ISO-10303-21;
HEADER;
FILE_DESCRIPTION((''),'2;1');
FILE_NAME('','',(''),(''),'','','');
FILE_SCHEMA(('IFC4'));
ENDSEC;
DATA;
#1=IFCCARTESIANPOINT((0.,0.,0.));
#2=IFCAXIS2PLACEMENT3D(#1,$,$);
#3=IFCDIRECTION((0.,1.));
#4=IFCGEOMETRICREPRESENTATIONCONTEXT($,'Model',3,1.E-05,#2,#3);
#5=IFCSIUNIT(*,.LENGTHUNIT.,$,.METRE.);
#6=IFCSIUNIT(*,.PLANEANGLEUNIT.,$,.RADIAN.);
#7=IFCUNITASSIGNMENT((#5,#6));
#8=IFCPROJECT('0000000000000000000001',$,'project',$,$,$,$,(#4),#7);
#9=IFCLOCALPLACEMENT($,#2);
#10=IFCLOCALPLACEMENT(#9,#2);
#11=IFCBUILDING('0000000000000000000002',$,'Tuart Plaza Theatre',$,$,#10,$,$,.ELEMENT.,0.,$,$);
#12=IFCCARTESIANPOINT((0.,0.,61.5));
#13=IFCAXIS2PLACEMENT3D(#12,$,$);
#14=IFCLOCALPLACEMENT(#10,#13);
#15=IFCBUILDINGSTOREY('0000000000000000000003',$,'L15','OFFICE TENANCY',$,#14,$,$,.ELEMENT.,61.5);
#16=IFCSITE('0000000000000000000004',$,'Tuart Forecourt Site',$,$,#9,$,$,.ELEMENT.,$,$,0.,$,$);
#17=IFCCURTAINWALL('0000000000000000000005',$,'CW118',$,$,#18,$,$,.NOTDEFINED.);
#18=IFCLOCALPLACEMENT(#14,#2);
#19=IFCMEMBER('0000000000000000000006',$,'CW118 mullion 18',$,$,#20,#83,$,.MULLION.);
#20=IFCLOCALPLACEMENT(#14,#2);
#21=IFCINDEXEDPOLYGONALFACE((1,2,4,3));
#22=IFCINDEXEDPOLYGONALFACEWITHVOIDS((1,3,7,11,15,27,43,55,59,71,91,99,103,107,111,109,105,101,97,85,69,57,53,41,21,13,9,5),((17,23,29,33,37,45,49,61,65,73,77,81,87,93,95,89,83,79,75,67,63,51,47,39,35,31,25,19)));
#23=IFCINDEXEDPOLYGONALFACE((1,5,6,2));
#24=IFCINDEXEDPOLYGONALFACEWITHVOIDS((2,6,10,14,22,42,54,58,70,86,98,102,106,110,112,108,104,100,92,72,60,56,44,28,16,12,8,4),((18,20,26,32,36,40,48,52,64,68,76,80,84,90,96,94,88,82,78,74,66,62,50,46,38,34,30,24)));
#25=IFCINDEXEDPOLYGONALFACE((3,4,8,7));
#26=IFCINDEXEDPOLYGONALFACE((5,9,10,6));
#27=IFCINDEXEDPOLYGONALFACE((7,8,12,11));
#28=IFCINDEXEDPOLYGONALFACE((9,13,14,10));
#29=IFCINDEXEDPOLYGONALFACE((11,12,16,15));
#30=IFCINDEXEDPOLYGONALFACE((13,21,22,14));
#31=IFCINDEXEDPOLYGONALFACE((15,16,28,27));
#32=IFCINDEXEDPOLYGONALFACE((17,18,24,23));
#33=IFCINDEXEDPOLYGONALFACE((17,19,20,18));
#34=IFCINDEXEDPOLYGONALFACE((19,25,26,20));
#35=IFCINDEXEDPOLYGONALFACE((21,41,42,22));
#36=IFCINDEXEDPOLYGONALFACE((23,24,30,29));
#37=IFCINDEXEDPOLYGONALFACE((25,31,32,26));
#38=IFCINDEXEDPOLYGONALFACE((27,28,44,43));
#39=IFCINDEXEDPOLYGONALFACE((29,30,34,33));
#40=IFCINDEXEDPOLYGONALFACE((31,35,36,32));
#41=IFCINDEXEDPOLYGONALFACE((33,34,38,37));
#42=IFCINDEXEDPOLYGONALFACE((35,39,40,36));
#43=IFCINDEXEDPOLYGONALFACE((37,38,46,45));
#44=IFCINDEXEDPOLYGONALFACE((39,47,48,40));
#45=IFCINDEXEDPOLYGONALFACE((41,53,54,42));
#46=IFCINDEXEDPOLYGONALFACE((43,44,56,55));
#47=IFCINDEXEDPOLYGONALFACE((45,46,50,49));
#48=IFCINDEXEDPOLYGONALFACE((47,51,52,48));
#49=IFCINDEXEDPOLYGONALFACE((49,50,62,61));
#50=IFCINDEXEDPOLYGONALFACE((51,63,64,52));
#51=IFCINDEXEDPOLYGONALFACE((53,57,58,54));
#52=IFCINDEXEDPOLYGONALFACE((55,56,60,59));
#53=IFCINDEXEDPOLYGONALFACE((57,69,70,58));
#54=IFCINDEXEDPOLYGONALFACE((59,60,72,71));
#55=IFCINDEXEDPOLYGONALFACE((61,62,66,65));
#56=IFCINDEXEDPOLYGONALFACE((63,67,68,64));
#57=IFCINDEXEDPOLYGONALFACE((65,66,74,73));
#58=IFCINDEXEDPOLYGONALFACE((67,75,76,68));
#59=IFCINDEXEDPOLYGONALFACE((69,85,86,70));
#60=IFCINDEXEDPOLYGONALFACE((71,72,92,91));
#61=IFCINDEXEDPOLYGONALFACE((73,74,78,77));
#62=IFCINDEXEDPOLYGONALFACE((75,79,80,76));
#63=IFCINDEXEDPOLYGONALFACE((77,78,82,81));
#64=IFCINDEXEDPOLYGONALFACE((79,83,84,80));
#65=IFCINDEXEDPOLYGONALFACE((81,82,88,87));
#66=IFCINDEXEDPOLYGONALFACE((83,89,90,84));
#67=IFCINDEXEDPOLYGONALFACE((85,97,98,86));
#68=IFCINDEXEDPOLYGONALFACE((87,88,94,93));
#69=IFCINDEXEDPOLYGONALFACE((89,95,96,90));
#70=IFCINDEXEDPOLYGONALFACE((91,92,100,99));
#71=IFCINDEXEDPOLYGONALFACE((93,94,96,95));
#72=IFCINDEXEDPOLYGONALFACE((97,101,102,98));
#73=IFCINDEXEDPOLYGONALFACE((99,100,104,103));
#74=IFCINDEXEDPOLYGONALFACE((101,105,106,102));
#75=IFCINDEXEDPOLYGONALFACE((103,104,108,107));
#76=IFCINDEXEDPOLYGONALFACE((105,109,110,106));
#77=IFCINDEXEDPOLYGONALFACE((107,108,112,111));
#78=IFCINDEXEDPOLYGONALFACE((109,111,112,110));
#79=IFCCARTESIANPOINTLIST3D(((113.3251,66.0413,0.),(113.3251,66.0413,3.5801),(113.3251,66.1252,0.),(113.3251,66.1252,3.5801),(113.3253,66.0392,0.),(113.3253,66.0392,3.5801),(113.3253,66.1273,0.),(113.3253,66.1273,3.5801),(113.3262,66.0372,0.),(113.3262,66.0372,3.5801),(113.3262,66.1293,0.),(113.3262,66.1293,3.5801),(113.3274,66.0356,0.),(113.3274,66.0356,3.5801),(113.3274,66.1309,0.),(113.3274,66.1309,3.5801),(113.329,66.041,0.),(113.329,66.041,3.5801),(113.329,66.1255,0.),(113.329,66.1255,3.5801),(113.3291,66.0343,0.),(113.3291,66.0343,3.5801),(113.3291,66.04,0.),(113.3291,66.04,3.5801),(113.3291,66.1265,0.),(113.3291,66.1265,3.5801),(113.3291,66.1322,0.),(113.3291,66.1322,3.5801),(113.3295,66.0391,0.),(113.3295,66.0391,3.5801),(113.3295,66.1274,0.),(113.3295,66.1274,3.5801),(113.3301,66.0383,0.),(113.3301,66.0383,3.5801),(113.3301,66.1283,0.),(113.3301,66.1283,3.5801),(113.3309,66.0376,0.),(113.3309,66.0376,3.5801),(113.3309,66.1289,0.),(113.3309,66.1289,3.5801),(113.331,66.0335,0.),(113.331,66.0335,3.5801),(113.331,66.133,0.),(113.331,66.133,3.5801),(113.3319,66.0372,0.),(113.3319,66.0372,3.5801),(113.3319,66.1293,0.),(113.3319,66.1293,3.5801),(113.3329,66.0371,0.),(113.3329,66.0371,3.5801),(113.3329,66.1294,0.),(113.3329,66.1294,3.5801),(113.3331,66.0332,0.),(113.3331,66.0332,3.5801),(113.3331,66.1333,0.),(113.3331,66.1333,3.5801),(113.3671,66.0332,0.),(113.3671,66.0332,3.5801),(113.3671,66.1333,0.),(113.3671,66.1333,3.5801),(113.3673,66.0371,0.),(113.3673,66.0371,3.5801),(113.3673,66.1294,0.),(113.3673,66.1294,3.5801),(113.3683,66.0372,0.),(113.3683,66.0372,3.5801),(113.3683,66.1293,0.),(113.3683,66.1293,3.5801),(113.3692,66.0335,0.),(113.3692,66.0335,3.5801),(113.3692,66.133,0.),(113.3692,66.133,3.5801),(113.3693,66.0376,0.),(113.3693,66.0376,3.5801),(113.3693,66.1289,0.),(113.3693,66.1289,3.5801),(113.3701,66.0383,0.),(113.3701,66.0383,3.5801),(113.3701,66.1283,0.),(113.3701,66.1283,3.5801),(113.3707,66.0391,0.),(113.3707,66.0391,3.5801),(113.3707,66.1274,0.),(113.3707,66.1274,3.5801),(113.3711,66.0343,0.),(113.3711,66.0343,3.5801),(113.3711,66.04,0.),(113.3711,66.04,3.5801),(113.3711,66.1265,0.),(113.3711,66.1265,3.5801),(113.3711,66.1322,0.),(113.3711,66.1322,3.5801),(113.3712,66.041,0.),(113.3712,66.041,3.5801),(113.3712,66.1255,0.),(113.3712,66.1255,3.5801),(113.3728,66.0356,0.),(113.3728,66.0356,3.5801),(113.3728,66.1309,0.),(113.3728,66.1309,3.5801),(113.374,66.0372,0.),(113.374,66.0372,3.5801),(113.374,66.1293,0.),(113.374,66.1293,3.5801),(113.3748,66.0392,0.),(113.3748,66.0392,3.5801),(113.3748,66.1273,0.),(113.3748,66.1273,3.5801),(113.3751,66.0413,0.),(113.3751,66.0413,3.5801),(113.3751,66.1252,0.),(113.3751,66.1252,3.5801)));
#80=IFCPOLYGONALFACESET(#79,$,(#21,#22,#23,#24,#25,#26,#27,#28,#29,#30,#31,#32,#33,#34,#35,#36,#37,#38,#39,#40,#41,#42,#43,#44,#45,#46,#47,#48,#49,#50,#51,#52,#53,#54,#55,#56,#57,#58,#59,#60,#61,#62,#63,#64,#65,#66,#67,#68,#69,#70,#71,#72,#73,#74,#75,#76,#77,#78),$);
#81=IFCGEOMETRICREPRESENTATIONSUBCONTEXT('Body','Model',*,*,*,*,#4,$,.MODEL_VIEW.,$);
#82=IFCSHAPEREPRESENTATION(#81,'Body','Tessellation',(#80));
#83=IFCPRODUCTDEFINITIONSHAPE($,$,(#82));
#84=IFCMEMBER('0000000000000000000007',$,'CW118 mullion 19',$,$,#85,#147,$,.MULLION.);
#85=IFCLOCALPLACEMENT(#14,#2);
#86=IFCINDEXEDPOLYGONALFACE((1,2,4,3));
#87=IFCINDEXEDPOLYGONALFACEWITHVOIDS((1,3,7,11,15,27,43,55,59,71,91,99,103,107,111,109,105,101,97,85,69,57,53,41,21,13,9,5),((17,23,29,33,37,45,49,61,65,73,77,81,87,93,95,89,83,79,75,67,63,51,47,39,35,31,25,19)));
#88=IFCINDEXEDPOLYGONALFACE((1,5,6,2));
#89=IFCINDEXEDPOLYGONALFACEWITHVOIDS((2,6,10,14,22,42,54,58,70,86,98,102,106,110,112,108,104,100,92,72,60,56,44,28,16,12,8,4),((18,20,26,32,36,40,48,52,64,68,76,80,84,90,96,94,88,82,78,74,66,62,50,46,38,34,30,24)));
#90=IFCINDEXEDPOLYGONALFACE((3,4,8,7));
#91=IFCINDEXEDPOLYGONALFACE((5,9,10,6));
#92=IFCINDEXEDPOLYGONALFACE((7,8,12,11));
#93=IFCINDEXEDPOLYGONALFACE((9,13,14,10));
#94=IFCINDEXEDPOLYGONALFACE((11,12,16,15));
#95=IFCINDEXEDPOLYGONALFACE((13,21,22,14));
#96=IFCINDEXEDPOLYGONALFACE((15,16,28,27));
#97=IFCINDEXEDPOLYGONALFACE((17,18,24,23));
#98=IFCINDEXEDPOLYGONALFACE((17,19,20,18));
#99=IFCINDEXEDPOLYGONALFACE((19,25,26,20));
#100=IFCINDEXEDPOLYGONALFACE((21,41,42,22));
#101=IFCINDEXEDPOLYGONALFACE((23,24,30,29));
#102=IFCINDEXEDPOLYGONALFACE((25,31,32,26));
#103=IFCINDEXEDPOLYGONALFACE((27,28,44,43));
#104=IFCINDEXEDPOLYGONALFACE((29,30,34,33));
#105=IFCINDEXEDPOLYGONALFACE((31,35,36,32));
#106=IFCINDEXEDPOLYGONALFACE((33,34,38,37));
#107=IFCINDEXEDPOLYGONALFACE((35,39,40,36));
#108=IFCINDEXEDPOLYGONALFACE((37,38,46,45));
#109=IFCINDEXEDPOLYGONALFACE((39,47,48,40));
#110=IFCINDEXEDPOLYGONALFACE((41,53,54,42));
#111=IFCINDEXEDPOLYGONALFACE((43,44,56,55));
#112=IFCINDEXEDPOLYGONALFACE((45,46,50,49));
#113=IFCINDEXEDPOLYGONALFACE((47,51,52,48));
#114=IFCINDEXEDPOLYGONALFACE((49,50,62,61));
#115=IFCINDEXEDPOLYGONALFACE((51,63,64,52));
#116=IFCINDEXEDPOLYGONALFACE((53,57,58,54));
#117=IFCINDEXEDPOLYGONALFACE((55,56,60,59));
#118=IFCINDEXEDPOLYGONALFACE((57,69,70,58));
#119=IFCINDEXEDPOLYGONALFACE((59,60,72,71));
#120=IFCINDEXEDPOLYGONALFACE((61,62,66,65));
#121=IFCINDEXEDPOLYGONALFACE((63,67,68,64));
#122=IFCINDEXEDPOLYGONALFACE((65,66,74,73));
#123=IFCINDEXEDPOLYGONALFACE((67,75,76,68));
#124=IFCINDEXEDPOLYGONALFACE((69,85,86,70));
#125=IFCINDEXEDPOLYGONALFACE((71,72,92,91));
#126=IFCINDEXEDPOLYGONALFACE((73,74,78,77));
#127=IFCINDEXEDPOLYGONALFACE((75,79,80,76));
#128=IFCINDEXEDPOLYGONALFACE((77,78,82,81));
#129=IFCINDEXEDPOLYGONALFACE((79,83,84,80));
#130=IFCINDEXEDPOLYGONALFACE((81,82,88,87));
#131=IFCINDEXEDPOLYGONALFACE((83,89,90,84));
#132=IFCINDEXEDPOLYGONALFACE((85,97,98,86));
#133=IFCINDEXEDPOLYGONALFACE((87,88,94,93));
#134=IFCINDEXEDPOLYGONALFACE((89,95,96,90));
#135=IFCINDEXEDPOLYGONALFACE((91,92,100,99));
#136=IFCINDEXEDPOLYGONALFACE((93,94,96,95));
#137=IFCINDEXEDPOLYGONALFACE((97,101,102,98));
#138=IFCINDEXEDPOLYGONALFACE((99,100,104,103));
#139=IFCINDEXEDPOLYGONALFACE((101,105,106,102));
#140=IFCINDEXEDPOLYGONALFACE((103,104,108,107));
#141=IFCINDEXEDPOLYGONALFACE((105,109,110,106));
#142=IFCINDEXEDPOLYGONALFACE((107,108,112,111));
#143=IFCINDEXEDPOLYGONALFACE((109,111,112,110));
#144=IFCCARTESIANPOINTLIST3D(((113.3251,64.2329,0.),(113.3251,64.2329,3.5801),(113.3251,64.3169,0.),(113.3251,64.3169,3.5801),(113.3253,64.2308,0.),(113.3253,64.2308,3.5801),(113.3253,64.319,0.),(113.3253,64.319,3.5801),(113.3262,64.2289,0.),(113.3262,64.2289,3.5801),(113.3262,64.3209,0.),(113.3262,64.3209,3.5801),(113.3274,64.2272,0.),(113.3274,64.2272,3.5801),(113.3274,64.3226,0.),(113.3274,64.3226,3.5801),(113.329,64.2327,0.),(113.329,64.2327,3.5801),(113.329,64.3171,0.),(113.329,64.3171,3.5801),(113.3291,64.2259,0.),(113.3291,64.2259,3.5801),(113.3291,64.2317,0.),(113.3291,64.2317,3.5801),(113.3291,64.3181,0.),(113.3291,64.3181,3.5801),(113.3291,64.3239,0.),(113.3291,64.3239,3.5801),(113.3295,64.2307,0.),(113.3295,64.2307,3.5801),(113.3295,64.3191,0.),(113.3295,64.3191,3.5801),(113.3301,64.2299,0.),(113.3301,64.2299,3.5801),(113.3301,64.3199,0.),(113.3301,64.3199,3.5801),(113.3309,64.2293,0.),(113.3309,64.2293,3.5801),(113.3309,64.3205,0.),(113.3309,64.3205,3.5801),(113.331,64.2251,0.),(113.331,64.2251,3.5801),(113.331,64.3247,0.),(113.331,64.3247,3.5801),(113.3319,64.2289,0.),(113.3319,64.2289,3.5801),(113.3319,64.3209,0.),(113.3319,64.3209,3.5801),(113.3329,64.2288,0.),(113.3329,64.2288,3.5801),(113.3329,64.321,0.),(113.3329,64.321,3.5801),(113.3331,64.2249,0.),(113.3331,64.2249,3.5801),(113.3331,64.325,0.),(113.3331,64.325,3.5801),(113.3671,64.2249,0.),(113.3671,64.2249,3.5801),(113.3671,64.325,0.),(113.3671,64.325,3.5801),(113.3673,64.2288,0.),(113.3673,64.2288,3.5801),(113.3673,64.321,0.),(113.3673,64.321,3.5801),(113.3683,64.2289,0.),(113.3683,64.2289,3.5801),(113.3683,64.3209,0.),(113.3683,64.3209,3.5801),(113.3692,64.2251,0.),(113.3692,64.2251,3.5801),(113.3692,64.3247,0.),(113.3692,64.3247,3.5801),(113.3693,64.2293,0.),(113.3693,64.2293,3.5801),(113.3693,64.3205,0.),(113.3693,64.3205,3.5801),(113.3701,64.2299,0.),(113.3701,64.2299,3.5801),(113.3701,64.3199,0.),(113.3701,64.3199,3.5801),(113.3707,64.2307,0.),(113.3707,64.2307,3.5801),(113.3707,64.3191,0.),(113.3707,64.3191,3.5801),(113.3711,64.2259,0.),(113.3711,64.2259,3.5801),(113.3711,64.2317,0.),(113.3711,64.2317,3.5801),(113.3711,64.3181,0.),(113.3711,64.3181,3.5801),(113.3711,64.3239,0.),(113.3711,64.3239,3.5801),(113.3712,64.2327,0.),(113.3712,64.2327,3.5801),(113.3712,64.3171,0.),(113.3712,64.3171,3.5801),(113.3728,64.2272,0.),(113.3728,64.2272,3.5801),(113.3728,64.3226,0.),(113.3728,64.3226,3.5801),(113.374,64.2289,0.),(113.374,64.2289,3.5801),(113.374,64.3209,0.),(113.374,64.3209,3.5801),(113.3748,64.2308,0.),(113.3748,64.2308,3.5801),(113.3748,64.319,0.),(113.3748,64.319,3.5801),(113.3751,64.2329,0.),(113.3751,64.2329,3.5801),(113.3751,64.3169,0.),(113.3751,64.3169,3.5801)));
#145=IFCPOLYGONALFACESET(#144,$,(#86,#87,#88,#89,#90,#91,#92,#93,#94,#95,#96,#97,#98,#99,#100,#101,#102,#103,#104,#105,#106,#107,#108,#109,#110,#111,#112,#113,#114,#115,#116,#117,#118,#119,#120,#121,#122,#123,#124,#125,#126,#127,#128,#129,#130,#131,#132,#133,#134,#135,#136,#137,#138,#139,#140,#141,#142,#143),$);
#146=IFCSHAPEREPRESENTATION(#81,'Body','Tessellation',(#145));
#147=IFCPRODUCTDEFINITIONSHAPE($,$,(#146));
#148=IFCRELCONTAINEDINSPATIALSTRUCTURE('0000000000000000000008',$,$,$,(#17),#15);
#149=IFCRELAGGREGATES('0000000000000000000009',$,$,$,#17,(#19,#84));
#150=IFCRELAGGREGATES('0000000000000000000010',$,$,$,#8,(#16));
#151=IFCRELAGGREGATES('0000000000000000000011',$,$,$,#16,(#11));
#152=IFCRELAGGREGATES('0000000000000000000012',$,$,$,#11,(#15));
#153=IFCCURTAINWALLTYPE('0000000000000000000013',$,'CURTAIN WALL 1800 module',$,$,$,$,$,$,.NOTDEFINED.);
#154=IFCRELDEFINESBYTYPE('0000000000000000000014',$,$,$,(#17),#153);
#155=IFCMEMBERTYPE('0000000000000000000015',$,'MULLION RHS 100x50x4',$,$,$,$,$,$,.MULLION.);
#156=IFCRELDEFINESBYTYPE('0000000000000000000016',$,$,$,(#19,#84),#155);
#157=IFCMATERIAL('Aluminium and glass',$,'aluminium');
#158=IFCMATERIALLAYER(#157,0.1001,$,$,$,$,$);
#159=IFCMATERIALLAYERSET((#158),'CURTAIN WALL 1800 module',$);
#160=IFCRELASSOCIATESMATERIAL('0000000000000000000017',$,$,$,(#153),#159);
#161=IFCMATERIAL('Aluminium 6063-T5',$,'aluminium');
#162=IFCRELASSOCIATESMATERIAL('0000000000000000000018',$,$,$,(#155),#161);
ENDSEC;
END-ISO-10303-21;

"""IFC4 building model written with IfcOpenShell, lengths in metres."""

from ifc_helpers import new_model, si_unit, direction, frame, origin, origin_2d, place, context, subcontext, project, spatial, hollow_rectangle, extrude, material, layer, layer_set, material_profile, profile_set, type_object, element, aggregate, save


model = new_model("IFC4")

# Units and contexts
model_context = context("Model", 3, precision=1e-05, world=origin(), true_north=direction((0.0, 1.0)))
body_context = subcontext(model_context, "Body", "Model", "MODEL_VIEW")
ifc_project = project(units=[si_unit("LENGTHUNIT", "METRE"), si_unit("PLANEANGLEUNIT", "RADIAN")], contexts=[model_context])

# Site, building, storey
site_placement = place(None, origin())
site = spatial("IfcSite", under=ifc_project, at=site_placement, Name="Tuart Forecourt Site", CompositionType="ELEMENT", RefElevation=0.0)
building_placement = place(site_placement, origin())
building = spatial("IfcBuilding", under=site, at=building_placement, Name="Tuart Plaza Theatre", CompositionType="ELEMENT", ElevationOfRefHeight=0.0)
storey_placement = place(building_placement, frame((0.0, 0.0, 61.5)))
storey = spatial("IfcBuildingStorey", under=building, at=storey_placement, Name="L15", Description="OFFICE TENANCY", CompositionType="ELEMENT", Elevation=61.5)

# Curtain wall, members
ifc_material_1 = material(Name="Aluminium and glass", Category="aluminium")
ifc_layer_1 = layer(ifc_material_1, 0.1001)
ifc_layer_set_1 = layer_set([ifc_layer_1], Name="CURTAIN WALL 1800 module")
curtain_wall_type = type_object("IfcCurtainWallType", Name="CURTAIN WALL 1800 module", PredefinedType="NOTDEFINED", material=ifc_layer_set_1)
curtain_wall_placement = place(storey_placement, origin())
curtain_wall = element("IfcCurtainWall", 1, at=curtain_wall_placement, inside=storey, type_object=curtain_wall_type, Name="CW118", PredefinedType="NOTDEFINED")
ifc_material_2 = material(Name="Aluminium 6063-T5", Category="aluminium")
ifc_material_profile_1 = material_profile(ifc_material_2, hollow_rectangle(XDim=0.05, YDim=0.1001, WallThickness=0.0039, InnerFilletRadius=0.0039, OuterFilletRadius=0.0081, at=origin_2d()), Name="RHS 100x50x4")
ifc_profile_set_1 = profile_set([ifc_material_profile_1], Name="Aluminium 6063-T5")
member_type_1 = type_object("IfcMemberType", Name="MULLION RHS 100x50x4", PredefinedType="MULLION", material=ifc_profile_set_1)
member_1_placement = place(storey_placement, frame((113.3501, 66.0833, 0.0), z_axis=(0.0, 0.0, 1.0), x_axis=(1.0, 0.0, 0.0)))
member_1 = element("IfcMember", 2, at=member_1_placement, type_object=member_type_1, Name="CW118 mullion 18", PredefinedType="MULLION", context=body_context, shape_type="SweptSolid", body=[
    extrude(hollow_rectangle(XDim=0.05, YDim=0.1001, WallThickness=0.0039, InnerFilletRadius=0.0039, OuterFilletRadius=0.0081, at=origin_2d()), origin(), (0.0, 0.0, 1.0), 3.5801),
])
member_2_placement = place(storey_placement, frame((113.3501, 64.2749, 0.0), z_axis=(0.0, 0.0, 1.0), x_axis=(1.0, 0.0, 0.0)))
member_2 = element("IfcMember", 3, at=member_2_placement, type_object=member_type_1, Name="CW118 mullion 19", PredefinedType="MULLION", context=body_context, shape_type="SweptSolid", body=[
    extrude(hollow_rectangle(XDim=0.05, YDim=0.1001, WallThickness=0.0039, InnerFilletRadius=0.0039, OuterFilletRadius=0.0081, at=origin_2d()), origin(), (0.0, 0.0, 1.0), 3.5801),
])
aggregate(curtain_wall, [member_1, member_2])

save(model, "model.ifc")
